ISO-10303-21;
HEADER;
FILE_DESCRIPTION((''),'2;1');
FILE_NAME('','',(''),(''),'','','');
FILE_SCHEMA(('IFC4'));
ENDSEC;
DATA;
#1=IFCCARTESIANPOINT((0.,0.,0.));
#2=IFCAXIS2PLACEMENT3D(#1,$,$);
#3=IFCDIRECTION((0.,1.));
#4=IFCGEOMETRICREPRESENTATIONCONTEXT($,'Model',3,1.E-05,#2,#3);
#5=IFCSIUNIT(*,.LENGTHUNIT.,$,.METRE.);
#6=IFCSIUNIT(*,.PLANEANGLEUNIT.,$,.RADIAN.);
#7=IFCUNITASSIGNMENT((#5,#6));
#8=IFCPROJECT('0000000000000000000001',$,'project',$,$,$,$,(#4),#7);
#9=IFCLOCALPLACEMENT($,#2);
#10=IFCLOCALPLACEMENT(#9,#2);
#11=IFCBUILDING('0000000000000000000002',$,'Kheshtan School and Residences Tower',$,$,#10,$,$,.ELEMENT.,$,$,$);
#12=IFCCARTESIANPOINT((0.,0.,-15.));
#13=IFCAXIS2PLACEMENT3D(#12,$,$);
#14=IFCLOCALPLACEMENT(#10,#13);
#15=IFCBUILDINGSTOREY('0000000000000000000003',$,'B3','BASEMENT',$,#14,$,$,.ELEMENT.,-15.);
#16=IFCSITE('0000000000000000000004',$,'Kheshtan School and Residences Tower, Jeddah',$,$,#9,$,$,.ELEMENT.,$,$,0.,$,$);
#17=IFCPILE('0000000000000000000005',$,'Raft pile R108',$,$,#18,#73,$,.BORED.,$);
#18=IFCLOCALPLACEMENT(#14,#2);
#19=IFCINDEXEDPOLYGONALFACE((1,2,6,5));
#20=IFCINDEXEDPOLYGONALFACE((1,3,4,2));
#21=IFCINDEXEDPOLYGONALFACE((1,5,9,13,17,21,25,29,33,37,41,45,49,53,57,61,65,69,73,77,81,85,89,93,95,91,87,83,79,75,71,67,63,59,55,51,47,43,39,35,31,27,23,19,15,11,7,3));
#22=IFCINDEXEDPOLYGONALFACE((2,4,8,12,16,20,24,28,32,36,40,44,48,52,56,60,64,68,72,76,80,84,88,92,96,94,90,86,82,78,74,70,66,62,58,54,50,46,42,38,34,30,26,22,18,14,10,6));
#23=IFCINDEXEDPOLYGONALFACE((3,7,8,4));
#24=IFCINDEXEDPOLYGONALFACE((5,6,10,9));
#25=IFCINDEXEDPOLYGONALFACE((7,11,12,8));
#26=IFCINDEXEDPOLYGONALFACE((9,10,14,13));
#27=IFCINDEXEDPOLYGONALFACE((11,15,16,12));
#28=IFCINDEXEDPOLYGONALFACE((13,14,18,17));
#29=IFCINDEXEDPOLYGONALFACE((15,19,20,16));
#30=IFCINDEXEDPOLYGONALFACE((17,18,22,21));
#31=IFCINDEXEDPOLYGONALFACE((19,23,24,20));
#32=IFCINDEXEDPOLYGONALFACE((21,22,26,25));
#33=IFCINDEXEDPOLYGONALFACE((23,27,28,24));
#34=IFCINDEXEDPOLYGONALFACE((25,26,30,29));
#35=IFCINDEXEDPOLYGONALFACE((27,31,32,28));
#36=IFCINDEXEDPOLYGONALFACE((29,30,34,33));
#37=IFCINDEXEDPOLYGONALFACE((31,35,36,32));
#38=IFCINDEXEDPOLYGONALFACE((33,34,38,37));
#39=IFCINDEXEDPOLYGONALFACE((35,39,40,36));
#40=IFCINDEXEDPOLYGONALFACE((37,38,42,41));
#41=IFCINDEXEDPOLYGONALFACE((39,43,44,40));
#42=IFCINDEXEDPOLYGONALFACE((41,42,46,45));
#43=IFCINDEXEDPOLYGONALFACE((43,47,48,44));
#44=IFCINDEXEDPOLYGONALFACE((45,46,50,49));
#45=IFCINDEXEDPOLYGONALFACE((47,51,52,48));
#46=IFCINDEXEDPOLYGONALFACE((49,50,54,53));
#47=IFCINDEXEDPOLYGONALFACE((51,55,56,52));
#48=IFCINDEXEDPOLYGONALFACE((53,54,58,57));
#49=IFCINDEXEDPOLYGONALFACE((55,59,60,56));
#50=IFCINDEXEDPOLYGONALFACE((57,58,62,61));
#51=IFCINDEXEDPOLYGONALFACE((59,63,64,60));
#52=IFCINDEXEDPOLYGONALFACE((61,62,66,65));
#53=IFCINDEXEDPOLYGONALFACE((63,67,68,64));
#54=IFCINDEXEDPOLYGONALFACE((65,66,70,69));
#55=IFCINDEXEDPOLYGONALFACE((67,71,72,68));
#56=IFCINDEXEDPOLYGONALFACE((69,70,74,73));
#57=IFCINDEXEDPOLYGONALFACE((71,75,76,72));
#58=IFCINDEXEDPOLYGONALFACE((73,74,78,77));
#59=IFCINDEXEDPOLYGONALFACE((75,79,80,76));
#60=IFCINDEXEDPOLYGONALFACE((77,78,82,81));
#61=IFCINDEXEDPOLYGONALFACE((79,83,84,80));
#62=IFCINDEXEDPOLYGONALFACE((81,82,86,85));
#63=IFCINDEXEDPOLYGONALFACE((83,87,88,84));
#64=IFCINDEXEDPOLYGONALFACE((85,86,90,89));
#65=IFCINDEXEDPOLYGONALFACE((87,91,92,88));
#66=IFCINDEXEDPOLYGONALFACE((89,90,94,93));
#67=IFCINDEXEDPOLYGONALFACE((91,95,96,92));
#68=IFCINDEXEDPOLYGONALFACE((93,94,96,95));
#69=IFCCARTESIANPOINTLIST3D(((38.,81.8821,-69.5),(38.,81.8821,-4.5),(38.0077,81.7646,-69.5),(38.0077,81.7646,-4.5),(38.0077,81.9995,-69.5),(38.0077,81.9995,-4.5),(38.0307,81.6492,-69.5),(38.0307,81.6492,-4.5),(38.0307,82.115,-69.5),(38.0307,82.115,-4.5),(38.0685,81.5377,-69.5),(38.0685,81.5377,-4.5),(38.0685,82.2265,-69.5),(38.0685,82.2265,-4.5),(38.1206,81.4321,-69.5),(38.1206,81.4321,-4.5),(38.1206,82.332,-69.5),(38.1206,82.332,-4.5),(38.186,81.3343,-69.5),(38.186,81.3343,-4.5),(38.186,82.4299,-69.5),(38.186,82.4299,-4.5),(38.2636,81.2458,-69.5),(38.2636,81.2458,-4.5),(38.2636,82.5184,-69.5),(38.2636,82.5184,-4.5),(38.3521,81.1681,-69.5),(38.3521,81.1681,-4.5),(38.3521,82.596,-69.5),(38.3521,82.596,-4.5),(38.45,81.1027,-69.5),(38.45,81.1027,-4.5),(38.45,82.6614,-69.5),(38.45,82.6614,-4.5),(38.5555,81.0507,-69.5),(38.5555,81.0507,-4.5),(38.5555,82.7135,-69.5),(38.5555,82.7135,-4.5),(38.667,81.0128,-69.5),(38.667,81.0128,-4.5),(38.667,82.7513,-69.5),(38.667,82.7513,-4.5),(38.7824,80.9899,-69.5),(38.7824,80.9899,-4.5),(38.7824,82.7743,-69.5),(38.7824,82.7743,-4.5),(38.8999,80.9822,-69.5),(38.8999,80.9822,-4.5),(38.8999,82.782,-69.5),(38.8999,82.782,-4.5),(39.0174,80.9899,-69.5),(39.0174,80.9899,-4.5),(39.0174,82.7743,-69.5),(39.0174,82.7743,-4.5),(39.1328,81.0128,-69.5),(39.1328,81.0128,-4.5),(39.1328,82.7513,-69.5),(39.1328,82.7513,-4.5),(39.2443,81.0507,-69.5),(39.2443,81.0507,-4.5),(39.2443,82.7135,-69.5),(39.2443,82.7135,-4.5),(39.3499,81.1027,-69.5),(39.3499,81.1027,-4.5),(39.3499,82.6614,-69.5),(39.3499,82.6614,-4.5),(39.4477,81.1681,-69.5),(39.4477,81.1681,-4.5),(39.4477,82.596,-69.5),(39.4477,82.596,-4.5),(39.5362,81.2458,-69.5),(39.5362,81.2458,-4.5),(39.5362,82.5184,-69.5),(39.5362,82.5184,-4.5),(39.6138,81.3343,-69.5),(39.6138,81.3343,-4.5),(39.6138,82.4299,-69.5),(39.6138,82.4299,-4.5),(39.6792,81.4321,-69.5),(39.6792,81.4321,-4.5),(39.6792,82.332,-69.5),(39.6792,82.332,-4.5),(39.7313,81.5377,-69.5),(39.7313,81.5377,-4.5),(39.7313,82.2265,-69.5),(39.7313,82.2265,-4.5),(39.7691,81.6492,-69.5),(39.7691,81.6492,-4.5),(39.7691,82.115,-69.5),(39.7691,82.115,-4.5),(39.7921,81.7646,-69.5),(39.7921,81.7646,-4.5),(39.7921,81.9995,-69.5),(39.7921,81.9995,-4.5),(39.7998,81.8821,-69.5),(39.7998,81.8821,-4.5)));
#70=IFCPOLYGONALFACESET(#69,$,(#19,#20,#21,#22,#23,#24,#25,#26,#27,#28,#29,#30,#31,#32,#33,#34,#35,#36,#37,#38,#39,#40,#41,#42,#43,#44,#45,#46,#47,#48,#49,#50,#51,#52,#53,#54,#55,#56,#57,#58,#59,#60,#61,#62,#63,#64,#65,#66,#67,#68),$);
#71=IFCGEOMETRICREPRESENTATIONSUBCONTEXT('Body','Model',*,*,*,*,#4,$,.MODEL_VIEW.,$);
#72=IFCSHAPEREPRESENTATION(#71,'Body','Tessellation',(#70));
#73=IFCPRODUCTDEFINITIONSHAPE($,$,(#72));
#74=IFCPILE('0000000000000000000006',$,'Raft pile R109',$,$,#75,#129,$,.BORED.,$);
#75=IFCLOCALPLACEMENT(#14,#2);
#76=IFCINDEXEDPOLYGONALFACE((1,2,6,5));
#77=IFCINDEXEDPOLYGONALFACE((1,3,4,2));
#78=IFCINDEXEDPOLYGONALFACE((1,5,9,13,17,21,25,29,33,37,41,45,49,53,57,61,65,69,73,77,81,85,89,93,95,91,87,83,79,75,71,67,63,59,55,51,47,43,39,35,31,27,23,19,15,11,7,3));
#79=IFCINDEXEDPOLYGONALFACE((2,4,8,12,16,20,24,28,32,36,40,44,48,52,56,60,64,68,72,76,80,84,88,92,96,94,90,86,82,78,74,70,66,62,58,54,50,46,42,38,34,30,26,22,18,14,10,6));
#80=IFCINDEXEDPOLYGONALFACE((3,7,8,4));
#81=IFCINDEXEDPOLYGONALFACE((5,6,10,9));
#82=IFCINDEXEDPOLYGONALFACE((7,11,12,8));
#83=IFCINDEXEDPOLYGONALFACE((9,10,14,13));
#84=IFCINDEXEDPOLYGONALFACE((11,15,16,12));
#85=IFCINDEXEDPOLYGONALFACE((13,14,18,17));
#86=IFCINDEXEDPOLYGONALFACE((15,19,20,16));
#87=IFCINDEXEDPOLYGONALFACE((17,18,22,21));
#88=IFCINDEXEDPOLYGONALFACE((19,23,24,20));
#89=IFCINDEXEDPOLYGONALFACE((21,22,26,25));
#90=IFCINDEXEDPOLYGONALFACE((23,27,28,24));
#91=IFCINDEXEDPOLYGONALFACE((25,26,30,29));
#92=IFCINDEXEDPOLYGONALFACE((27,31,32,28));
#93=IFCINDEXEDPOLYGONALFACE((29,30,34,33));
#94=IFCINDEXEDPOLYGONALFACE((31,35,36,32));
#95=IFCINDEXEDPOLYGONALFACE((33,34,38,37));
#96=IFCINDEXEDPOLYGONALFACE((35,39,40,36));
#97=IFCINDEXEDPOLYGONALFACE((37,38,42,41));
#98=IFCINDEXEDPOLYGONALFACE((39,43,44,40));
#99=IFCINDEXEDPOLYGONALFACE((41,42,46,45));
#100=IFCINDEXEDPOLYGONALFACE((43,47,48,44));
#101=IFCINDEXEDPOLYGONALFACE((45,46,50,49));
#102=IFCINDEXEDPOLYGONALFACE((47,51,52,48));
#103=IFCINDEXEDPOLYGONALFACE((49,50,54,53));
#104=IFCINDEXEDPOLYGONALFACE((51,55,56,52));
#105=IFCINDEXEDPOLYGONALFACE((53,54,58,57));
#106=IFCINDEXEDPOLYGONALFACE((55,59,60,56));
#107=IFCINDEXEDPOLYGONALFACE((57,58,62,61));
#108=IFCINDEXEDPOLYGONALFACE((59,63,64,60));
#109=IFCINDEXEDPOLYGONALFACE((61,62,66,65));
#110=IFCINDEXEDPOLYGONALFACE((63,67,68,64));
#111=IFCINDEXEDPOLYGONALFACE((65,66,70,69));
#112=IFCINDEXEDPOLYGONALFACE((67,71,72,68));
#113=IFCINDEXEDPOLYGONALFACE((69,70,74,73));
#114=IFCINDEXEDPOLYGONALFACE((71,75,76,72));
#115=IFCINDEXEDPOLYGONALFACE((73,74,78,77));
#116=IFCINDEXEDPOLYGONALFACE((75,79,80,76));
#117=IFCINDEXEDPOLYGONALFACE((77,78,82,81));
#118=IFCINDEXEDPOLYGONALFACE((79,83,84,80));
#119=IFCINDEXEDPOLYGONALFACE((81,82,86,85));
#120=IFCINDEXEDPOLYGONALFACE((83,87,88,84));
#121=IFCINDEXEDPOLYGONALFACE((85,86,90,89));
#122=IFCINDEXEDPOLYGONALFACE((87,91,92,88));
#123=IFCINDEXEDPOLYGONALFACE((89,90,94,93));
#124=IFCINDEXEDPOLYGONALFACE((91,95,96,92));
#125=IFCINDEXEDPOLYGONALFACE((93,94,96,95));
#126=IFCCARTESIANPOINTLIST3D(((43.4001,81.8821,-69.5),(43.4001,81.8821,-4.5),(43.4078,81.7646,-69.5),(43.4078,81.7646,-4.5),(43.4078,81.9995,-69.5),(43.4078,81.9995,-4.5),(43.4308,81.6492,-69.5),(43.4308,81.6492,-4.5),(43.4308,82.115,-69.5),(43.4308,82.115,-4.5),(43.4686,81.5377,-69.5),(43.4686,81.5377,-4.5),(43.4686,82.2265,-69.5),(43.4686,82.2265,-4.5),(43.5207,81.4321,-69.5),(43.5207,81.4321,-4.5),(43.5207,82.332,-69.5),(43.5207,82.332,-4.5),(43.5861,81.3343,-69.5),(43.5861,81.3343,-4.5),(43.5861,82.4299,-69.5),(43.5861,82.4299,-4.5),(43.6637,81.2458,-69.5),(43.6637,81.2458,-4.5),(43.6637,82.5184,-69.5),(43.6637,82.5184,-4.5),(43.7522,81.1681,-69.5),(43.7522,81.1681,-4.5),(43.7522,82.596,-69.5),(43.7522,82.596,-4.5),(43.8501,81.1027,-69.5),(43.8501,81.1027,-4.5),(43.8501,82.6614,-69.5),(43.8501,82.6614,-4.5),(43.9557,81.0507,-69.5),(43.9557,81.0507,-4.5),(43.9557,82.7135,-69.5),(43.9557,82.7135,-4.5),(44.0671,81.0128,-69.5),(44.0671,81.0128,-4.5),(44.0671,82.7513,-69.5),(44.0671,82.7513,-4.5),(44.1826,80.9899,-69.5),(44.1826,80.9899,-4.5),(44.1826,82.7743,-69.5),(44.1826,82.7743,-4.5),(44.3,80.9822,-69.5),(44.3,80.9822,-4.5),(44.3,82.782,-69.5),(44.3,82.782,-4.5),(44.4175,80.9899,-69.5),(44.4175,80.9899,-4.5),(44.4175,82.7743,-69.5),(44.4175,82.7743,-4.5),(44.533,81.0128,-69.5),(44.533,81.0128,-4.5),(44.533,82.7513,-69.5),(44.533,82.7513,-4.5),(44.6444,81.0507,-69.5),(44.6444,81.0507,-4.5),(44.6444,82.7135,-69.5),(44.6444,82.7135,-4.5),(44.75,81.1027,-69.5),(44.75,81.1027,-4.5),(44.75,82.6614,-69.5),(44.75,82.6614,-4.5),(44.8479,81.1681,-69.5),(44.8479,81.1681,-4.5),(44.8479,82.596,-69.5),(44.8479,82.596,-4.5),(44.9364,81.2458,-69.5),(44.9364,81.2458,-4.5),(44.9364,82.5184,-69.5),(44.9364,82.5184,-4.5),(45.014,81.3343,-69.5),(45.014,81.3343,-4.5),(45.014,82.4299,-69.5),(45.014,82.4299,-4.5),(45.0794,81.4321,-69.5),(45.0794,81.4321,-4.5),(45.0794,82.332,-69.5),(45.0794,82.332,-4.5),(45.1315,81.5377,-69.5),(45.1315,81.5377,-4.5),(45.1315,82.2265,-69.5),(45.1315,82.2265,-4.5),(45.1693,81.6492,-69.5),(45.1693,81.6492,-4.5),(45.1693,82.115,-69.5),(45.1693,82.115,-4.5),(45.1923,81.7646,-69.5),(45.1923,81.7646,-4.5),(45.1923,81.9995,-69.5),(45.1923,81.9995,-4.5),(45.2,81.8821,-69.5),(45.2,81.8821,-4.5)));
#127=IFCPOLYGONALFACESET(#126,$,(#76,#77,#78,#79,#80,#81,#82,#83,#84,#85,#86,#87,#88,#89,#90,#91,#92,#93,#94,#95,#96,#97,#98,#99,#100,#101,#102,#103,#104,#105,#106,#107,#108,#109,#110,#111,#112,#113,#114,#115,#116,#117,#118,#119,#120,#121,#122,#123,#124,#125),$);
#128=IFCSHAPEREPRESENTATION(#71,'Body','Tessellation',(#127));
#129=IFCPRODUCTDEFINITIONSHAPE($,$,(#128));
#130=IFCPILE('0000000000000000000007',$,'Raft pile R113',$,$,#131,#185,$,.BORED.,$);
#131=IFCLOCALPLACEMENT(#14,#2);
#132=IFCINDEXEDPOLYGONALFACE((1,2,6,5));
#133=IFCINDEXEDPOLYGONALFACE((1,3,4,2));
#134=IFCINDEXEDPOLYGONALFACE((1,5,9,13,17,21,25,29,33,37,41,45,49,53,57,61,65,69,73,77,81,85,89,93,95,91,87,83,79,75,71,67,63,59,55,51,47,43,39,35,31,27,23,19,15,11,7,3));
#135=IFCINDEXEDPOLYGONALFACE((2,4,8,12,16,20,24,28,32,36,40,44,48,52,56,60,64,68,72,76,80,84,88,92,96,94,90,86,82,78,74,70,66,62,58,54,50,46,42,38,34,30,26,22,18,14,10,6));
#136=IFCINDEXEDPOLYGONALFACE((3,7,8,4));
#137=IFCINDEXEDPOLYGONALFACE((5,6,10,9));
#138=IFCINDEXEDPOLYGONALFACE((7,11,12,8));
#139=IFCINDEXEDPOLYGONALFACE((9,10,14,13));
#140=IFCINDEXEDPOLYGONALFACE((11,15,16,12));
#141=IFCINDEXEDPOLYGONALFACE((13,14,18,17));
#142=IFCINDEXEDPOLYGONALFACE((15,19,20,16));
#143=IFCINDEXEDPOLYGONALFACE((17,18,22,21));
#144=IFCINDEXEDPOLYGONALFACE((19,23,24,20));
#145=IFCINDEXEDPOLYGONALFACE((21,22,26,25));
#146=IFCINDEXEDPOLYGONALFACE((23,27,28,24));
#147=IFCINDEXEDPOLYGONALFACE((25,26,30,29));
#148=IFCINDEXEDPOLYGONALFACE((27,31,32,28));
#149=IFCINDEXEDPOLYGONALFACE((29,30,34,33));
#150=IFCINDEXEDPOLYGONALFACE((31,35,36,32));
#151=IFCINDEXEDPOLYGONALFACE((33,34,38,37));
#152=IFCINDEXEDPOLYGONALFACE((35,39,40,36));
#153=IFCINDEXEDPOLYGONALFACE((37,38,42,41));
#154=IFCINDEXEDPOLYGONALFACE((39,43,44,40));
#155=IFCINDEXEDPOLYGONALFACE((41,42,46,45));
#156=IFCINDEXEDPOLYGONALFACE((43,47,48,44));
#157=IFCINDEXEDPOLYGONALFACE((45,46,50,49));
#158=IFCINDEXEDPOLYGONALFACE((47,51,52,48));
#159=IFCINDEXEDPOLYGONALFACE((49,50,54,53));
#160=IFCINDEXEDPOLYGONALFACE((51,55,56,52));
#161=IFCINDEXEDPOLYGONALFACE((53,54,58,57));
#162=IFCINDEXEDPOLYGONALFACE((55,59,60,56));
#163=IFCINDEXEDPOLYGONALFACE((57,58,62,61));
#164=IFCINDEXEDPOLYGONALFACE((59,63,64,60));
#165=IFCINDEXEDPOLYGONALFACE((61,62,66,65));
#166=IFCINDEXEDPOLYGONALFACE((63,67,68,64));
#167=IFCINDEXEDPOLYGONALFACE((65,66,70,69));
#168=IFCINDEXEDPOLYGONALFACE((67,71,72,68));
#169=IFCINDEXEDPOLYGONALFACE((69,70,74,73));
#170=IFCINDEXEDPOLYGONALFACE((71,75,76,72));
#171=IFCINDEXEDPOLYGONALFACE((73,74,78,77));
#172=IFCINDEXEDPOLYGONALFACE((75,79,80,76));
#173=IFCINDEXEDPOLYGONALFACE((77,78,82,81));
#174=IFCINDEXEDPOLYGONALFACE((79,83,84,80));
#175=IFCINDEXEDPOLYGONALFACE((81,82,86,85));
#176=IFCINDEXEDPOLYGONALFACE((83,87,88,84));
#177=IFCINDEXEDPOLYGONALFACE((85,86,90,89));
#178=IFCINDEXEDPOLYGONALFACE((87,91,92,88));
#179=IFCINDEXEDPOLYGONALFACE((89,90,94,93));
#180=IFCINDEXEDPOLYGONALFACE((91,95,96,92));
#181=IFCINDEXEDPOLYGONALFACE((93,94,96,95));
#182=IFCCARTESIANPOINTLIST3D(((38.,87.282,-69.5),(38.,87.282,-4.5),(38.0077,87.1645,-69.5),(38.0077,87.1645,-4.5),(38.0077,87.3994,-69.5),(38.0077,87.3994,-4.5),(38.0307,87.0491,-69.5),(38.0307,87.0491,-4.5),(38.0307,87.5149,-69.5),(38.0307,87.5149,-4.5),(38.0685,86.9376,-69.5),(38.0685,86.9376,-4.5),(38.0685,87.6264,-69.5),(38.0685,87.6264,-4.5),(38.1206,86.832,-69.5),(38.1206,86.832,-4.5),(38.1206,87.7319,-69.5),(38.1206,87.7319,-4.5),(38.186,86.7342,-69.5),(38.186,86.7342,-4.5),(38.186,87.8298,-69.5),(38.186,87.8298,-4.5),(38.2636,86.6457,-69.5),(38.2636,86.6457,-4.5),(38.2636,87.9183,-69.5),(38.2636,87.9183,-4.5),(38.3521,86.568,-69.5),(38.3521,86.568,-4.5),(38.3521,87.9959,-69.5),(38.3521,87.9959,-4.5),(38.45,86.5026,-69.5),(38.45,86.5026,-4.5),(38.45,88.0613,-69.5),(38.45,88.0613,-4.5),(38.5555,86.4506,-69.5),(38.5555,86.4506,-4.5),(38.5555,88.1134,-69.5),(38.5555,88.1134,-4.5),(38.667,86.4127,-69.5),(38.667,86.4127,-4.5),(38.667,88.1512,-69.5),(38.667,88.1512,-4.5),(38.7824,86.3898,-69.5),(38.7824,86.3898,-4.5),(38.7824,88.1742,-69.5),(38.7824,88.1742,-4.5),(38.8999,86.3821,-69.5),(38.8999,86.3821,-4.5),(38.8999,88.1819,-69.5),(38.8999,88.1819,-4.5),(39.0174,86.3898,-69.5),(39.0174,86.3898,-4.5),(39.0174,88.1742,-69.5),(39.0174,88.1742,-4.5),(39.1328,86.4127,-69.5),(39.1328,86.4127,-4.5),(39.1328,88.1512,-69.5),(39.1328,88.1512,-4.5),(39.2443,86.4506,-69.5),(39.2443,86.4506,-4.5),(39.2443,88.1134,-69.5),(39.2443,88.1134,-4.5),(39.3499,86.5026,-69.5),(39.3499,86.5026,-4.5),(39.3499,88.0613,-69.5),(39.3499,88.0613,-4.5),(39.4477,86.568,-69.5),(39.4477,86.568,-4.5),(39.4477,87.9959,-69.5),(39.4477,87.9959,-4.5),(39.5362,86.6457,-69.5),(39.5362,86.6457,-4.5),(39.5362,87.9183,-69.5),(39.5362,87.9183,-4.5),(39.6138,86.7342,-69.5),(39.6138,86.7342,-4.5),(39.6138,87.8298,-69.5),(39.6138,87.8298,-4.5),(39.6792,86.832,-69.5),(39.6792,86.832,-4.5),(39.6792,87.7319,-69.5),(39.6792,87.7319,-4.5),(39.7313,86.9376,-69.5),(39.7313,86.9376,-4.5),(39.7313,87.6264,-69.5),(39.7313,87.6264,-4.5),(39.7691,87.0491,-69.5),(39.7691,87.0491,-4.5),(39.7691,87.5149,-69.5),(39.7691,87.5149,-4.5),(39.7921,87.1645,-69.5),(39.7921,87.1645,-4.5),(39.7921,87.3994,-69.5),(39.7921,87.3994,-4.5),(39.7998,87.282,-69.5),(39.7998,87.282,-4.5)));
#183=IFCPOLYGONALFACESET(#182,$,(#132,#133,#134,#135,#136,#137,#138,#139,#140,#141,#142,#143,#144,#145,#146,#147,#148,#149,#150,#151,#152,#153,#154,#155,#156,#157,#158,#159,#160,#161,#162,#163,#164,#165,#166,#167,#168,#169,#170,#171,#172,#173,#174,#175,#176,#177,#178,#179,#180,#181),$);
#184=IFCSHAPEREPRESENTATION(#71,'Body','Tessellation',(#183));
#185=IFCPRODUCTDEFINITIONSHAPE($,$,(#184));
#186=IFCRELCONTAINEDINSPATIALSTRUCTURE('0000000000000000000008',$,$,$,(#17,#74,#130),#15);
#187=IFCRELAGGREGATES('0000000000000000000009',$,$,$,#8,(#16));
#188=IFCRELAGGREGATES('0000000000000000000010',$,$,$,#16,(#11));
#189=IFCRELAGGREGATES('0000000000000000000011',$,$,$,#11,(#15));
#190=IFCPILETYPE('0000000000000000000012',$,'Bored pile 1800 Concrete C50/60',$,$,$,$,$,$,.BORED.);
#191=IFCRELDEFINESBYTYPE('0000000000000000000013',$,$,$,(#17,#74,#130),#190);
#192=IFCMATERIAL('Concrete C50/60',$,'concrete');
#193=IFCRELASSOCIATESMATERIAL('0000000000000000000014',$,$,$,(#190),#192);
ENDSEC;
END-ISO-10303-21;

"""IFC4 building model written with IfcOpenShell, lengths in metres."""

from ifc_helpers import new_model, si_unit, direction, frame, origin, origin_2d, place, context, subcontext, project, spatial, circle, extrude, material, material_profile, profile_set, type_object, element, save


model = new_model("IFC4")

# Units and contexts
model_context = context("Model", 3, precision=1e-05, world=origin(), true_north=direction((0.0, 1.0)))
body_context = subcontext(model_context, "Body", "Model", "MODEL_VIEW")
ifc_project = project(units=[si_unit("LENGTHUNIT", "METRE"), si_unit("PLANEANGLEUNIT", "RADIAN")], contexts=[model_context])

# Site, building, storey
site_placement = place(None, origin())
site = spatial("IfcSite", under=ifc_project, at=site_placement, Name="Kheshtan School and Residences Tower, Jeddah", CompositionType="ELEMENT", RefElevation=0.0)
building_placement = place(site_placement, origin())
building = spatial("IfcBuilding", under=site, at=building_placement, Name="Kheshtan School and Residences Tower", CompositionType="ELEMENT")
storey_placement = place(building_placement, frame((0.0, 0.0, -15.0)))
storey = spatial("IfcBuildingStorey", under=building, at=storey_placement, Name="B3", Description="BASEMENT", CompositionType="ELEMENT", Elevation=-15.0)

# Piles
ifc_material_1 = material(Name="Concrete C50/60", Category="concrete")
ifc_material_profile_1 = material_profile(ifc_material_1, circle(Radius=0.8999, at=origin_2d()), Name="BP 1800")
ifc_profile_set_1 = profile_set([ifc_material_profile_1], Name="Concrete C50/60")
pile_type = type_object("IfcPileType", Name="Bored pile 1800 Concrete C50/60", PredefinedType="BORED", material=ifc_profile_set_1)
for number, where, z_axis, x_axis, name in (
    (1, (38.8999, 81.8821, -4.5), (0.0, 0.0, -1.0), (1.0, 0.0, 0.0), "Raft pile R108"),
    (2, (44.3, 81.8821, -4.5), (0.0, 0.0, -1.0), (1.0, 0.0, 0.0), "Raft pile R109"),
    (3, (38.8999, 87.282, -4.5), (0.0, 0.0, -1.0), (1.0, 0.0, 0.0), "Raft pile R113"),
):
    element("IfcPile", number, at=place(storey_placement, frame(where, z_axis=z_axis, x_axis=x_axis)), inside=storey, type_object=pile_type, Name=name, PredefinedType="BORED", context=body_context, shape_type="SweptSolid", body=[
        extrude(circle(Radius=0.8999, at=origin_2d()), origin(), (0.0, 0.0, 1.0), 65.0),
    ])

save(model, "model.ifc")
